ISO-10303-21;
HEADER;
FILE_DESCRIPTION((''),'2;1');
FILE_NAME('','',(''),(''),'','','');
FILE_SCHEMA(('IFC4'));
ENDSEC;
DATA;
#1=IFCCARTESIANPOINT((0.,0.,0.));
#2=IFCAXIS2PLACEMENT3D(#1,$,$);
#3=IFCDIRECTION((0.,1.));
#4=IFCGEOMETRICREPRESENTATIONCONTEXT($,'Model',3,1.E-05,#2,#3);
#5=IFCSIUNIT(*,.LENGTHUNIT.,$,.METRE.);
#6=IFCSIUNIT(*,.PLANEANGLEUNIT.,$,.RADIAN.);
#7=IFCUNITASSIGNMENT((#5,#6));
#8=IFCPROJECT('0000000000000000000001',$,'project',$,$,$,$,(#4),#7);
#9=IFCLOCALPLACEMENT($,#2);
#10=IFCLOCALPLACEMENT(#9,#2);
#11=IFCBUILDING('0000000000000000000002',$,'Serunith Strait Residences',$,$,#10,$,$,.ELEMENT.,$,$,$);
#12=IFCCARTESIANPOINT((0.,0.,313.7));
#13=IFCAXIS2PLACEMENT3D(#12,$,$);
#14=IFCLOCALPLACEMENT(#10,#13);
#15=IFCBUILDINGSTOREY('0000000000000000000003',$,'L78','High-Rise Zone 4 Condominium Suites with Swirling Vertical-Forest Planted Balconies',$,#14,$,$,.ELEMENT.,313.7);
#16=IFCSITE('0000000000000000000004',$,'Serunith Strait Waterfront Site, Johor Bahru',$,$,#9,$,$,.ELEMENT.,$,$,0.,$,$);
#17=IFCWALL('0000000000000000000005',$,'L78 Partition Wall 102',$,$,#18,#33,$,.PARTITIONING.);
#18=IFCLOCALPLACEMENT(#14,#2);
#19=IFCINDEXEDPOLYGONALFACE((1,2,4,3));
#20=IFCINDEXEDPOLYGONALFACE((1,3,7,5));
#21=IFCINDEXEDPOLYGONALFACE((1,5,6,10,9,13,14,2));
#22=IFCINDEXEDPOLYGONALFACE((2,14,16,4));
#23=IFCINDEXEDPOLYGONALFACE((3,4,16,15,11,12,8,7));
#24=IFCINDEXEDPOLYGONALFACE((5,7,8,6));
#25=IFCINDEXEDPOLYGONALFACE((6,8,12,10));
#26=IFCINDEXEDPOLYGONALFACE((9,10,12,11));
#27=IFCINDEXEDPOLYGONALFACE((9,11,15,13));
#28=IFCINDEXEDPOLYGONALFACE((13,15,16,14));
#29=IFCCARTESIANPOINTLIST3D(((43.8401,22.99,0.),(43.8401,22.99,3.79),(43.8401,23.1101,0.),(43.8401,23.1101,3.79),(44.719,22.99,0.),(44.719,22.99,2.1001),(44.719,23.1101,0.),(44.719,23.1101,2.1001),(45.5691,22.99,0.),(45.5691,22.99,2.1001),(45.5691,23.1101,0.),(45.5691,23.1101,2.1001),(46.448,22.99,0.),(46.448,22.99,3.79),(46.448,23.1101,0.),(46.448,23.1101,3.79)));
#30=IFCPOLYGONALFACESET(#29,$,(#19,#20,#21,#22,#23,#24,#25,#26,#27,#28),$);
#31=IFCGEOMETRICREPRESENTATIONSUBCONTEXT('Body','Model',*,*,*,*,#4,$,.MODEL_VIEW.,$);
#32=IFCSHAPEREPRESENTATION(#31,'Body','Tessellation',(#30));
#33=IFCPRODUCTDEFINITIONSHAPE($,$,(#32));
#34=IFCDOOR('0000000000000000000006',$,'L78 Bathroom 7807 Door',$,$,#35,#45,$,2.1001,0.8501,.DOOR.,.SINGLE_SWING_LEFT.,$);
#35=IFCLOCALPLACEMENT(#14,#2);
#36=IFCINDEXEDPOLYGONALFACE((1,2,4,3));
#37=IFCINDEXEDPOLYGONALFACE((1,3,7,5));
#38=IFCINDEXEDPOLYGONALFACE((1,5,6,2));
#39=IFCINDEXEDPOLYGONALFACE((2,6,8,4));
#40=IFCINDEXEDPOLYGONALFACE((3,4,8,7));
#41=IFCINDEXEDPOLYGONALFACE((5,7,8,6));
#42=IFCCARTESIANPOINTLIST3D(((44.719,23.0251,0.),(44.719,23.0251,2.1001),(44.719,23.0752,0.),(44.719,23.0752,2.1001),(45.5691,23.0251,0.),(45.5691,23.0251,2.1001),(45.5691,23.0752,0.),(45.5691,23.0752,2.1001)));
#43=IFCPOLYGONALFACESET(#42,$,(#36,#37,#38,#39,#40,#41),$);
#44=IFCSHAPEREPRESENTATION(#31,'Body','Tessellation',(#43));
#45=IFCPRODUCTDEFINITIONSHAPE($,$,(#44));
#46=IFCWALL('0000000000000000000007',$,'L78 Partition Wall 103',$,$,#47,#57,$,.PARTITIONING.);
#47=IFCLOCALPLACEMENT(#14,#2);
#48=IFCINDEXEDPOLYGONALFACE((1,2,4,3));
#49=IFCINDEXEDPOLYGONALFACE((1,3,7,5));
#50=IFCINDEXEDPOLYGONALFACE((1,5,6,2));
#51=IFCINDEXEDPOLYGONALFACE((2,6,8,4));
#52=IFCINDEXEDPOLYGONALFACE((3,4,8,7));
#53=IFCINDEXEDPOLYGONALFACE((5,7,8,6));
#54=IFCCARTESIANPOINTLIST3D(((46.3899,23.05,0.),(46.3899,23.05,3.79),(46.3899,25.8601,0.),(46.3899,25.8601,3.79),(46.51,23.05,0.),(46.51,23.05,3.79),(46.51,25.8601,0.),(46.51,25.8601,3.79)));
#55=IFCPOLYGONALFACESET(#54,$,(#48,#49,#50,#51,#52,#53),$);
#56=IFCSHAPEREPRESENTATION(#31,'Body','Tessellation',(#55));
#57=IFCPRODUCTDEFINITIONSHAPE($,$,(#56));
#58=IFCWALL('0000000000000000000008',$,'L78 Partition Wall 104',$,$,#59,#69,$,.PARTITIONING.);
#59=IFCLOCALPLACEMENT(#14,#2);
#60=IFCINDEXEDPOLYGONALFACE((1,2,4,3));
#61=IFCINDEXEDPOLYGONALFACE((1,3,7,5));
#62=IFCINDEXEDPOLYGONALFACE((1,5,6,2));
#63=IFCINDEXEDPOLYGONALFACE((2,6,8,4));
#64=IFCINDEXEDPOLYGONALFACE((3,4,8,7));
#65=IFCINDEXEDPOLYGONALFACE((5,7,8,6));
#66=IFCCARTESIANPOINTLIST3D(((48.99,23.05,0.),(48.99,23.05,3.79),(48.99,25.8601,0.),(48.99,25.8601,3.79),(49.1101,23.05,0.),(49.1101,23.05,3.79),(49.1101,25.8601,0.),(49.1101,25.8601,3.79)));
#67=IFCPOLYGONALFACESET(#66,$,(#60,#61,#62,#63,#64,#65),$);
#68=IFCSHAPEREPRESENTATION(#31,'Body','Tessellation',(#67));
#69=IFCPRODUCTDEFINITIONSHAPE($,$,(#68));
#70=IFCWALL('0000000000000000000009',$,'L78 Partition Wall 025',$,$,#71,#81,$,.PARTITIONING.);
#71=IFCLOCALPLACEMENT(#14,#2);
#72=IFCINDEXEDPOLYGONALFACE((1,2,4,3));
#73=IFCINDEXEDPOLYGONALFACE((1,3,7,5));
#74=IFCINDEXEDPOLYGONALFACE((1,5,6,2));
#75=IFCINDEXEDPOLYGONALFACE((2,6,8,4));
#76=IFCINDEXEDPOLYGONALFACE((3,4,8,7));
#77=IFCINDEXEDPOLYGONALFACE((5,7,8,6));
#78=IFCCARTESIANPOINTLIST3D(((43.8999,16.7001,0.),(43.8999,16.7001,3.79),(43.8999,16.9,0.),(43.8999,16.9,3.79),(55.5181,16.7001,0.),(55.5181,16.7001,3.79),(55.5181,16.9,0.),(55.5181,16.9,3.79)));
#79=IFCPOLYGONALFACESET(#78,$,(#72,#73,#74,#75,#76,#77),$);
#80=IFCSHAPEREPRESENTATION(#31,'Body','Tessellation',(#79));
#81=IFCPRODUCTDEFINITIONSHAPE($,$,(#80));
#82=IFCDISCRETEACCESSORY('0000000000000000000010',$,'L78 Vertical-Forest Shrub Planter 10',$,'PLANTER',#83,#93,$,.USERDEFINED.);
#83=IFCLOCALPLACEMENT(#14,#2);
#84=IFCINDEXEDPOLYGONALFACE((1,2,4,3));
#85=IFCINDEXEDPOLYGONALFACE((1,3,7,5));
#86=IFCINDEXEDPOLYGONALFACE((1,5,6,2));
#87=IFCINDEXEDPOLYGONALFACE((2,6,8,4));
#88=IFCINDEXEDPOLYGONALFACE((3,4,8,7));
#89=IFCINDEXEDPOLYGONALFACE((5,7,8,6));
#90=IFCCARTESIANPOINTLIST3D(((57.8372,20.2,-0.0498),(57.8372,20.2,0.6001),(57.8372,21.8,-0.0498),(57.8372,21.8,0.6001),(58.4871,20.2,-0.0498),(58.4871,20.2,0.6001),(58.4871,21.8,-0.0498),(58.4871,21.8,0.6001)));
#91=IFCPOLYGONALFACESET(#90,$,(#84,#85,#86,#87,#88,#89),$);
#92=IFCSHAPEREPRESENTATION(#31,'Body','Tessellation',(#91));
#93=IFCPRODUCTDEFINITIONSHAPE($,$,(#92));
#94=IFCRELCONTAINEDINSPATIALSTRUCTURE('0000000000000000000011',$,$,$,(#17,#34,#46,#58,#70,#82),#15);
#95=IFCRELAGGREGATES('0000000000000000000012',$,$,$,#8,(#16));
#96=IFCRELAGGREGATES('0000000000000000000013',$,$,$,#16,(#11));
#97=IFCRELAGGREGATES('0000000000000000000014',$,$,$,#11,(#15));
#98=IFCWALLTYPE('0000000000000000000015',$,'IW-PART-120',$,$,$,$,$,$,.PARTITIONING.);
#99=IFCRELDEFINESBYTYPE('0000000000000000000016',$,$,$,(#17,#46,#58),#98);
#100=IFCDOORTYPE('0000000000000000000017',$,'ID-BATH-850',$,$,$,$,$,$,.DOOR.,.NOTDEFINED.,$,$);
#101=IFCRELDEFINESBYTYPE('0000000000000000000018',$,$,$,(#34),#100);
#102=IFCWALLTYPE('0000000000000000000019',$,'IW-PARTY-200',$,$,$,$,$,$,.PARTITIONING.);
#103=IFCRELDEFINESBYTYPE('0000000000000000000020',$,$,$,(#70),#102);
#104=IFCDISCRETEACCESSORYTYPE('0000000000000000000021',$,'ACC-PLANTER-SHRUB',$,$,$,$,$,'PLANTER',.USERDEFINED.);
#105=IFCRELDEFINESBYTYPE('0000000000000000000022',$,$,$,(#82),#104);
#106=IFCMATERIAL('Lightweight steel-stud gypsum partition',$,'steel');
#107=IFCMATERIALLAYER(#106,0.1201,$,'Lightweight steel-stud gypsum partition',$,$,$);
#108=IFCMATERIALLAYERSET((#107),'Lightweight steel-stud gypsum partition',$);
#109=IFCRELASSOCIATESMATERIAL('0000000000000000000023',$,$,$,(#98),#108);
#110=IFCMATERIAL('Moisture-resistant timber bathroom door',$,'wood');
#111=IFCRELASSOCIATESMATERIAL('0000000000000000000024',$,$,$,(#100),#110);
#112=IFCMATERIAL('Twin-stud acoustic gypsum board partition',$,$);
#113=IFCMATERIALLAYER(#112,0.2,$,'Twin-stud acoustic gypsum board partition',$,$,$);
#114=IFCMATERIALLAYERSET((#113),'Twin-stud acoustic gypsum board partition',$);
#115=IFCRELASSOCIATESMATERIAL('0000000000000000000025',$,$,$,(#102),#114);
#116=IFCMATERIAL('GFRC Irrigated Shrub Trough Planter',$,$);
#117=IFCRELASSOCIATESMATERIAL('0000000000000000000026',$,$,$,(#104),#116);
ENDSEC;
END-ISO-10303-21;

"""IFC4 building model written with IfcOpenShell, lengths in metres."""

from ifc_helpers import new_model, si_unit, direction, frame, frame_2d, origin, origin_2d, place, context, subcontext, project, spatial, rectangle, extrude, source, transform, mapped, material, layer, layer_set, type_object, element, fill, save


model = new_model("IFC4")

# Units and contexts
model_context = context("Model", 3, precision=1e-05, world=origin(), true_north=direction((0.0, 1.0)))
body_context = subcontext(model_context, "Body", "Model", "MODEL_VIEW")
ifc_project = project(units=[si_unit("LENGTHUNIT", "METRE"), si_unit("PLANEANGLEUNIT", "RADIAN")], contexts=[model_context])

# Site, building, storey
site_placement = place(None, origin())
site = spatial("IfcSite", under=ifc_project, at=site_placement, Name="Serunith Strait Waterfront Site, Johor Bahru", CompositionType="ELEMENT", RefElevation=0.0)
building_placement = place(site_placement, origin())
building = spatial("IfcBuilding", under=site, at=building_placement, Name="Serunith Strait Residences", CompositionType="ELEMENT")
storey_placement = place(building_placement, frame((0.0, 0.0, 313.7)))
storey = spatial("IfcBuildingStorey", under=building, at=storey_placement, Name="L78", Description="High-Rise Zone 4 Condominium Suites with Swirling Vertical-Forest Planted Balconies", CompositionType="ELEMENT", Elevation=313.7)

# Shared definitions
ifc_material_1 = material(Name="Lightweight steel-stud gypsum partition", Category="steel")
ifc_layer_1 = layer(ifc_material_1, 0.1201, Name="Lightweight steel-stud gypsum partition")
ifc_layer_set_1 = layer_set([ifc_layer_1], Name="Lightweight steel-stud gypsum partition")
wall_type_1 = type_object("IfcWallType", Name="IW-PART-120", PredefinedType="PARTITIONING", material=ifc_layer_set_1)

# Wall, opening, door
shared_shape_1 = source(origin(), body_context, "Body", "SweptSolid", [
    extrude(rectangle(XDim=0.8501, YDim=2.1001, at=frame_2d((0.425, 1.05))), frame((0.0, 0.0249, 0.0), z_axis=(0.0, -1.0, 0.0), x_axis=(1.0, 0.0, 0.0)), (0.0, 0.0, 1.0), 0.05),
])
ifc_material_2 = material(Name="Moisture-resistant timber bathroom door", Category="wood")
door_type_1 = type_object("IfcDoorType", Name="ID-BATH-850", OperationType="NOTDEFINED", PredefinedType="DOOR", material=ifc_material_2)
wall_1_placement = place(storey_placement, frame((46.448, 23.05, 0.0), z_axis=(0.0, 0.0, 1.0), x_axis=(-1.0, 0.0, 0.0)))
wall_1 = element("IfcWall", 1, at=wall_1_placement, inside=storey, type_object=wall_type_1, Name="L78 Partition Wall 102", PredefinedType="PARTITIONING", context=body_context, shape_type="SweptSolid", body=[
    extrude(rectangle(XDim=2.6079, YDim=0.1201, at=frame_2d((1.304, 0.0))), origin(), (0.0, 0.0, 1.0), 3.79),
])
opening_1_placement = place(wall_1_placement, frame((0.8789, 0.0, 0.0)))
opening_1 = element("IfcOpeningElement", 2, at=opening_1_placement, cuts=wall_1, PredefinedType="OPENING", context=body_context, shape_type="SweptSolid", body=[
    extrude(rectangle(XDim=0.8501, YDim=2.1001, at=frame_2d((0.425, 1.05))), frame((0.0, 0.0701, 0.0), z_axis=(0.0, -1.0, 0.0), x_axis=(1.0, 0.0, 0.0)), (0.0, 0.0, 1.0), 0.1401),
])
door_1_placement = place(opening_1_placement, origin())
door_1 = element("IfcDoor", 3, at=door_1_placement, inside=storey, type_object=door_type_1, Name="L78 Bathroom 7807 Door", OperationType="SINGLE_SWING_LEFT", OverallHeight=2.1001, OverallWidth=0.8501, PredefinedType="DOOR", context=body_context, shape_type="MappedRepresentation", body=[
    mapped(shared_shape_1, transform((0.0, 0.0, 0.0), scale=1.0)),
])
fill(opening_1, door_1)

# Walls
for number, where, z_axis, x_axis, name in (
    (4, (46.45, 23.05, 0.0), (0.0, 0.0, 1.0), (0.0, 1.0, 0.0), "L78 Partition Wall 103"),
    (5, (49.05, 23.05, 0.0), (0.0, 0.0, 1.0), (0.0, 1.0, 0.0), "L78 Partition Wall 104"),
):
    element("IfcWall", number, at=place(storey_placement, frame(where, z_axis=z_axis, x_axis=x_axis)), inside=storey, type_object=wall_type_1, Name=name, PredefinedType="PARTITIONING", context=body_context, shape_type="SweptSolid", body=[
        extrude(rectangle(XDim=2.8101, YDim=0.1201, at=frame_2d((1.405, 0.0))), origin(), (0.0, 0.0, 1.0), 3.79),
    ])
ifc_material_3 = material(Name="Twin-stud acoustic gypsum board partition")
ifc_layer_2 = layer(ifc_material_3, 0.2, Name="Twin-stud acoustic gypsum board partition")
ifc_layer_set_2 = layer_set([ifc_layer_2], Name="Twin-stud acoustic gypsum board partition")
wall_type_2 = type_object("IfcWallType", Name="IW-PARTY-200", PredefinedType="PARTITIONING", material=ifc_layer_set_2)
wall_2_placement = place(storey_placement, frame((43.8999, 16.8, 0.0), z_axis=(0.0, 0.0, 1.0), x_axis=(1.0, 0.0, 0.0)))
element("IfcWall", 6, at=wall_2_placement, inside=storey, type_object=wall_type_2, Name="L78 Partition Wall 025", PredefinedType="PARTITIONING", context=body_context, shape_type="SweptSolid", body=[
    extrude(rectangle(XDim=11.6182, YDim=0.2, at=frame_2d((5.8091, 0.0))), origin(), (0.0, 0.0, 1.0), 3.79),
])

# Discrete accessory
ifc_material_4 = material(Name="GFRC Irrigated Shrub Trough Planter")
discrete_accessory_type = type_object("IfcDiscreteAccessoryType", Name="ACC-PLANTER-SHRUB", ElementType="PLANTER", PredefinedType="USERDEFINED", material=ifc_material_4)
shared_shape_2 = source(origin(), body_context, "Body", "SweptSolid", [
    extrude(rectangle(XDim=1.6001, YDim=0.6499, at=origin_2d()), origin(), (0.0, 0.0, 1.0), 0.6499),
])
discrete_accessory_placement = place(storey_placement, frame((58.1621, 21.0, -0.0498), z_axis=(0.0, 0.0, 1.0), x_axis=(0.0, 1.0, 0.0)))
element("IfcDiscreteAccessory", 7, at=discrete_accessory_placement, inside=storey, type_object=discrete_accessory_type, Name="L78 Vertical-Forest Shrub Planter 10", ObjectType="PLANTER", PredefinedType="USERDEFINED", context=body_context, shape_type="MappedRepresentation", body=[
    mapped(shared_shape_2, transform((0.0, 0.0, 0.0), scale=1.0)),
])

save(model, "model.ifc")
